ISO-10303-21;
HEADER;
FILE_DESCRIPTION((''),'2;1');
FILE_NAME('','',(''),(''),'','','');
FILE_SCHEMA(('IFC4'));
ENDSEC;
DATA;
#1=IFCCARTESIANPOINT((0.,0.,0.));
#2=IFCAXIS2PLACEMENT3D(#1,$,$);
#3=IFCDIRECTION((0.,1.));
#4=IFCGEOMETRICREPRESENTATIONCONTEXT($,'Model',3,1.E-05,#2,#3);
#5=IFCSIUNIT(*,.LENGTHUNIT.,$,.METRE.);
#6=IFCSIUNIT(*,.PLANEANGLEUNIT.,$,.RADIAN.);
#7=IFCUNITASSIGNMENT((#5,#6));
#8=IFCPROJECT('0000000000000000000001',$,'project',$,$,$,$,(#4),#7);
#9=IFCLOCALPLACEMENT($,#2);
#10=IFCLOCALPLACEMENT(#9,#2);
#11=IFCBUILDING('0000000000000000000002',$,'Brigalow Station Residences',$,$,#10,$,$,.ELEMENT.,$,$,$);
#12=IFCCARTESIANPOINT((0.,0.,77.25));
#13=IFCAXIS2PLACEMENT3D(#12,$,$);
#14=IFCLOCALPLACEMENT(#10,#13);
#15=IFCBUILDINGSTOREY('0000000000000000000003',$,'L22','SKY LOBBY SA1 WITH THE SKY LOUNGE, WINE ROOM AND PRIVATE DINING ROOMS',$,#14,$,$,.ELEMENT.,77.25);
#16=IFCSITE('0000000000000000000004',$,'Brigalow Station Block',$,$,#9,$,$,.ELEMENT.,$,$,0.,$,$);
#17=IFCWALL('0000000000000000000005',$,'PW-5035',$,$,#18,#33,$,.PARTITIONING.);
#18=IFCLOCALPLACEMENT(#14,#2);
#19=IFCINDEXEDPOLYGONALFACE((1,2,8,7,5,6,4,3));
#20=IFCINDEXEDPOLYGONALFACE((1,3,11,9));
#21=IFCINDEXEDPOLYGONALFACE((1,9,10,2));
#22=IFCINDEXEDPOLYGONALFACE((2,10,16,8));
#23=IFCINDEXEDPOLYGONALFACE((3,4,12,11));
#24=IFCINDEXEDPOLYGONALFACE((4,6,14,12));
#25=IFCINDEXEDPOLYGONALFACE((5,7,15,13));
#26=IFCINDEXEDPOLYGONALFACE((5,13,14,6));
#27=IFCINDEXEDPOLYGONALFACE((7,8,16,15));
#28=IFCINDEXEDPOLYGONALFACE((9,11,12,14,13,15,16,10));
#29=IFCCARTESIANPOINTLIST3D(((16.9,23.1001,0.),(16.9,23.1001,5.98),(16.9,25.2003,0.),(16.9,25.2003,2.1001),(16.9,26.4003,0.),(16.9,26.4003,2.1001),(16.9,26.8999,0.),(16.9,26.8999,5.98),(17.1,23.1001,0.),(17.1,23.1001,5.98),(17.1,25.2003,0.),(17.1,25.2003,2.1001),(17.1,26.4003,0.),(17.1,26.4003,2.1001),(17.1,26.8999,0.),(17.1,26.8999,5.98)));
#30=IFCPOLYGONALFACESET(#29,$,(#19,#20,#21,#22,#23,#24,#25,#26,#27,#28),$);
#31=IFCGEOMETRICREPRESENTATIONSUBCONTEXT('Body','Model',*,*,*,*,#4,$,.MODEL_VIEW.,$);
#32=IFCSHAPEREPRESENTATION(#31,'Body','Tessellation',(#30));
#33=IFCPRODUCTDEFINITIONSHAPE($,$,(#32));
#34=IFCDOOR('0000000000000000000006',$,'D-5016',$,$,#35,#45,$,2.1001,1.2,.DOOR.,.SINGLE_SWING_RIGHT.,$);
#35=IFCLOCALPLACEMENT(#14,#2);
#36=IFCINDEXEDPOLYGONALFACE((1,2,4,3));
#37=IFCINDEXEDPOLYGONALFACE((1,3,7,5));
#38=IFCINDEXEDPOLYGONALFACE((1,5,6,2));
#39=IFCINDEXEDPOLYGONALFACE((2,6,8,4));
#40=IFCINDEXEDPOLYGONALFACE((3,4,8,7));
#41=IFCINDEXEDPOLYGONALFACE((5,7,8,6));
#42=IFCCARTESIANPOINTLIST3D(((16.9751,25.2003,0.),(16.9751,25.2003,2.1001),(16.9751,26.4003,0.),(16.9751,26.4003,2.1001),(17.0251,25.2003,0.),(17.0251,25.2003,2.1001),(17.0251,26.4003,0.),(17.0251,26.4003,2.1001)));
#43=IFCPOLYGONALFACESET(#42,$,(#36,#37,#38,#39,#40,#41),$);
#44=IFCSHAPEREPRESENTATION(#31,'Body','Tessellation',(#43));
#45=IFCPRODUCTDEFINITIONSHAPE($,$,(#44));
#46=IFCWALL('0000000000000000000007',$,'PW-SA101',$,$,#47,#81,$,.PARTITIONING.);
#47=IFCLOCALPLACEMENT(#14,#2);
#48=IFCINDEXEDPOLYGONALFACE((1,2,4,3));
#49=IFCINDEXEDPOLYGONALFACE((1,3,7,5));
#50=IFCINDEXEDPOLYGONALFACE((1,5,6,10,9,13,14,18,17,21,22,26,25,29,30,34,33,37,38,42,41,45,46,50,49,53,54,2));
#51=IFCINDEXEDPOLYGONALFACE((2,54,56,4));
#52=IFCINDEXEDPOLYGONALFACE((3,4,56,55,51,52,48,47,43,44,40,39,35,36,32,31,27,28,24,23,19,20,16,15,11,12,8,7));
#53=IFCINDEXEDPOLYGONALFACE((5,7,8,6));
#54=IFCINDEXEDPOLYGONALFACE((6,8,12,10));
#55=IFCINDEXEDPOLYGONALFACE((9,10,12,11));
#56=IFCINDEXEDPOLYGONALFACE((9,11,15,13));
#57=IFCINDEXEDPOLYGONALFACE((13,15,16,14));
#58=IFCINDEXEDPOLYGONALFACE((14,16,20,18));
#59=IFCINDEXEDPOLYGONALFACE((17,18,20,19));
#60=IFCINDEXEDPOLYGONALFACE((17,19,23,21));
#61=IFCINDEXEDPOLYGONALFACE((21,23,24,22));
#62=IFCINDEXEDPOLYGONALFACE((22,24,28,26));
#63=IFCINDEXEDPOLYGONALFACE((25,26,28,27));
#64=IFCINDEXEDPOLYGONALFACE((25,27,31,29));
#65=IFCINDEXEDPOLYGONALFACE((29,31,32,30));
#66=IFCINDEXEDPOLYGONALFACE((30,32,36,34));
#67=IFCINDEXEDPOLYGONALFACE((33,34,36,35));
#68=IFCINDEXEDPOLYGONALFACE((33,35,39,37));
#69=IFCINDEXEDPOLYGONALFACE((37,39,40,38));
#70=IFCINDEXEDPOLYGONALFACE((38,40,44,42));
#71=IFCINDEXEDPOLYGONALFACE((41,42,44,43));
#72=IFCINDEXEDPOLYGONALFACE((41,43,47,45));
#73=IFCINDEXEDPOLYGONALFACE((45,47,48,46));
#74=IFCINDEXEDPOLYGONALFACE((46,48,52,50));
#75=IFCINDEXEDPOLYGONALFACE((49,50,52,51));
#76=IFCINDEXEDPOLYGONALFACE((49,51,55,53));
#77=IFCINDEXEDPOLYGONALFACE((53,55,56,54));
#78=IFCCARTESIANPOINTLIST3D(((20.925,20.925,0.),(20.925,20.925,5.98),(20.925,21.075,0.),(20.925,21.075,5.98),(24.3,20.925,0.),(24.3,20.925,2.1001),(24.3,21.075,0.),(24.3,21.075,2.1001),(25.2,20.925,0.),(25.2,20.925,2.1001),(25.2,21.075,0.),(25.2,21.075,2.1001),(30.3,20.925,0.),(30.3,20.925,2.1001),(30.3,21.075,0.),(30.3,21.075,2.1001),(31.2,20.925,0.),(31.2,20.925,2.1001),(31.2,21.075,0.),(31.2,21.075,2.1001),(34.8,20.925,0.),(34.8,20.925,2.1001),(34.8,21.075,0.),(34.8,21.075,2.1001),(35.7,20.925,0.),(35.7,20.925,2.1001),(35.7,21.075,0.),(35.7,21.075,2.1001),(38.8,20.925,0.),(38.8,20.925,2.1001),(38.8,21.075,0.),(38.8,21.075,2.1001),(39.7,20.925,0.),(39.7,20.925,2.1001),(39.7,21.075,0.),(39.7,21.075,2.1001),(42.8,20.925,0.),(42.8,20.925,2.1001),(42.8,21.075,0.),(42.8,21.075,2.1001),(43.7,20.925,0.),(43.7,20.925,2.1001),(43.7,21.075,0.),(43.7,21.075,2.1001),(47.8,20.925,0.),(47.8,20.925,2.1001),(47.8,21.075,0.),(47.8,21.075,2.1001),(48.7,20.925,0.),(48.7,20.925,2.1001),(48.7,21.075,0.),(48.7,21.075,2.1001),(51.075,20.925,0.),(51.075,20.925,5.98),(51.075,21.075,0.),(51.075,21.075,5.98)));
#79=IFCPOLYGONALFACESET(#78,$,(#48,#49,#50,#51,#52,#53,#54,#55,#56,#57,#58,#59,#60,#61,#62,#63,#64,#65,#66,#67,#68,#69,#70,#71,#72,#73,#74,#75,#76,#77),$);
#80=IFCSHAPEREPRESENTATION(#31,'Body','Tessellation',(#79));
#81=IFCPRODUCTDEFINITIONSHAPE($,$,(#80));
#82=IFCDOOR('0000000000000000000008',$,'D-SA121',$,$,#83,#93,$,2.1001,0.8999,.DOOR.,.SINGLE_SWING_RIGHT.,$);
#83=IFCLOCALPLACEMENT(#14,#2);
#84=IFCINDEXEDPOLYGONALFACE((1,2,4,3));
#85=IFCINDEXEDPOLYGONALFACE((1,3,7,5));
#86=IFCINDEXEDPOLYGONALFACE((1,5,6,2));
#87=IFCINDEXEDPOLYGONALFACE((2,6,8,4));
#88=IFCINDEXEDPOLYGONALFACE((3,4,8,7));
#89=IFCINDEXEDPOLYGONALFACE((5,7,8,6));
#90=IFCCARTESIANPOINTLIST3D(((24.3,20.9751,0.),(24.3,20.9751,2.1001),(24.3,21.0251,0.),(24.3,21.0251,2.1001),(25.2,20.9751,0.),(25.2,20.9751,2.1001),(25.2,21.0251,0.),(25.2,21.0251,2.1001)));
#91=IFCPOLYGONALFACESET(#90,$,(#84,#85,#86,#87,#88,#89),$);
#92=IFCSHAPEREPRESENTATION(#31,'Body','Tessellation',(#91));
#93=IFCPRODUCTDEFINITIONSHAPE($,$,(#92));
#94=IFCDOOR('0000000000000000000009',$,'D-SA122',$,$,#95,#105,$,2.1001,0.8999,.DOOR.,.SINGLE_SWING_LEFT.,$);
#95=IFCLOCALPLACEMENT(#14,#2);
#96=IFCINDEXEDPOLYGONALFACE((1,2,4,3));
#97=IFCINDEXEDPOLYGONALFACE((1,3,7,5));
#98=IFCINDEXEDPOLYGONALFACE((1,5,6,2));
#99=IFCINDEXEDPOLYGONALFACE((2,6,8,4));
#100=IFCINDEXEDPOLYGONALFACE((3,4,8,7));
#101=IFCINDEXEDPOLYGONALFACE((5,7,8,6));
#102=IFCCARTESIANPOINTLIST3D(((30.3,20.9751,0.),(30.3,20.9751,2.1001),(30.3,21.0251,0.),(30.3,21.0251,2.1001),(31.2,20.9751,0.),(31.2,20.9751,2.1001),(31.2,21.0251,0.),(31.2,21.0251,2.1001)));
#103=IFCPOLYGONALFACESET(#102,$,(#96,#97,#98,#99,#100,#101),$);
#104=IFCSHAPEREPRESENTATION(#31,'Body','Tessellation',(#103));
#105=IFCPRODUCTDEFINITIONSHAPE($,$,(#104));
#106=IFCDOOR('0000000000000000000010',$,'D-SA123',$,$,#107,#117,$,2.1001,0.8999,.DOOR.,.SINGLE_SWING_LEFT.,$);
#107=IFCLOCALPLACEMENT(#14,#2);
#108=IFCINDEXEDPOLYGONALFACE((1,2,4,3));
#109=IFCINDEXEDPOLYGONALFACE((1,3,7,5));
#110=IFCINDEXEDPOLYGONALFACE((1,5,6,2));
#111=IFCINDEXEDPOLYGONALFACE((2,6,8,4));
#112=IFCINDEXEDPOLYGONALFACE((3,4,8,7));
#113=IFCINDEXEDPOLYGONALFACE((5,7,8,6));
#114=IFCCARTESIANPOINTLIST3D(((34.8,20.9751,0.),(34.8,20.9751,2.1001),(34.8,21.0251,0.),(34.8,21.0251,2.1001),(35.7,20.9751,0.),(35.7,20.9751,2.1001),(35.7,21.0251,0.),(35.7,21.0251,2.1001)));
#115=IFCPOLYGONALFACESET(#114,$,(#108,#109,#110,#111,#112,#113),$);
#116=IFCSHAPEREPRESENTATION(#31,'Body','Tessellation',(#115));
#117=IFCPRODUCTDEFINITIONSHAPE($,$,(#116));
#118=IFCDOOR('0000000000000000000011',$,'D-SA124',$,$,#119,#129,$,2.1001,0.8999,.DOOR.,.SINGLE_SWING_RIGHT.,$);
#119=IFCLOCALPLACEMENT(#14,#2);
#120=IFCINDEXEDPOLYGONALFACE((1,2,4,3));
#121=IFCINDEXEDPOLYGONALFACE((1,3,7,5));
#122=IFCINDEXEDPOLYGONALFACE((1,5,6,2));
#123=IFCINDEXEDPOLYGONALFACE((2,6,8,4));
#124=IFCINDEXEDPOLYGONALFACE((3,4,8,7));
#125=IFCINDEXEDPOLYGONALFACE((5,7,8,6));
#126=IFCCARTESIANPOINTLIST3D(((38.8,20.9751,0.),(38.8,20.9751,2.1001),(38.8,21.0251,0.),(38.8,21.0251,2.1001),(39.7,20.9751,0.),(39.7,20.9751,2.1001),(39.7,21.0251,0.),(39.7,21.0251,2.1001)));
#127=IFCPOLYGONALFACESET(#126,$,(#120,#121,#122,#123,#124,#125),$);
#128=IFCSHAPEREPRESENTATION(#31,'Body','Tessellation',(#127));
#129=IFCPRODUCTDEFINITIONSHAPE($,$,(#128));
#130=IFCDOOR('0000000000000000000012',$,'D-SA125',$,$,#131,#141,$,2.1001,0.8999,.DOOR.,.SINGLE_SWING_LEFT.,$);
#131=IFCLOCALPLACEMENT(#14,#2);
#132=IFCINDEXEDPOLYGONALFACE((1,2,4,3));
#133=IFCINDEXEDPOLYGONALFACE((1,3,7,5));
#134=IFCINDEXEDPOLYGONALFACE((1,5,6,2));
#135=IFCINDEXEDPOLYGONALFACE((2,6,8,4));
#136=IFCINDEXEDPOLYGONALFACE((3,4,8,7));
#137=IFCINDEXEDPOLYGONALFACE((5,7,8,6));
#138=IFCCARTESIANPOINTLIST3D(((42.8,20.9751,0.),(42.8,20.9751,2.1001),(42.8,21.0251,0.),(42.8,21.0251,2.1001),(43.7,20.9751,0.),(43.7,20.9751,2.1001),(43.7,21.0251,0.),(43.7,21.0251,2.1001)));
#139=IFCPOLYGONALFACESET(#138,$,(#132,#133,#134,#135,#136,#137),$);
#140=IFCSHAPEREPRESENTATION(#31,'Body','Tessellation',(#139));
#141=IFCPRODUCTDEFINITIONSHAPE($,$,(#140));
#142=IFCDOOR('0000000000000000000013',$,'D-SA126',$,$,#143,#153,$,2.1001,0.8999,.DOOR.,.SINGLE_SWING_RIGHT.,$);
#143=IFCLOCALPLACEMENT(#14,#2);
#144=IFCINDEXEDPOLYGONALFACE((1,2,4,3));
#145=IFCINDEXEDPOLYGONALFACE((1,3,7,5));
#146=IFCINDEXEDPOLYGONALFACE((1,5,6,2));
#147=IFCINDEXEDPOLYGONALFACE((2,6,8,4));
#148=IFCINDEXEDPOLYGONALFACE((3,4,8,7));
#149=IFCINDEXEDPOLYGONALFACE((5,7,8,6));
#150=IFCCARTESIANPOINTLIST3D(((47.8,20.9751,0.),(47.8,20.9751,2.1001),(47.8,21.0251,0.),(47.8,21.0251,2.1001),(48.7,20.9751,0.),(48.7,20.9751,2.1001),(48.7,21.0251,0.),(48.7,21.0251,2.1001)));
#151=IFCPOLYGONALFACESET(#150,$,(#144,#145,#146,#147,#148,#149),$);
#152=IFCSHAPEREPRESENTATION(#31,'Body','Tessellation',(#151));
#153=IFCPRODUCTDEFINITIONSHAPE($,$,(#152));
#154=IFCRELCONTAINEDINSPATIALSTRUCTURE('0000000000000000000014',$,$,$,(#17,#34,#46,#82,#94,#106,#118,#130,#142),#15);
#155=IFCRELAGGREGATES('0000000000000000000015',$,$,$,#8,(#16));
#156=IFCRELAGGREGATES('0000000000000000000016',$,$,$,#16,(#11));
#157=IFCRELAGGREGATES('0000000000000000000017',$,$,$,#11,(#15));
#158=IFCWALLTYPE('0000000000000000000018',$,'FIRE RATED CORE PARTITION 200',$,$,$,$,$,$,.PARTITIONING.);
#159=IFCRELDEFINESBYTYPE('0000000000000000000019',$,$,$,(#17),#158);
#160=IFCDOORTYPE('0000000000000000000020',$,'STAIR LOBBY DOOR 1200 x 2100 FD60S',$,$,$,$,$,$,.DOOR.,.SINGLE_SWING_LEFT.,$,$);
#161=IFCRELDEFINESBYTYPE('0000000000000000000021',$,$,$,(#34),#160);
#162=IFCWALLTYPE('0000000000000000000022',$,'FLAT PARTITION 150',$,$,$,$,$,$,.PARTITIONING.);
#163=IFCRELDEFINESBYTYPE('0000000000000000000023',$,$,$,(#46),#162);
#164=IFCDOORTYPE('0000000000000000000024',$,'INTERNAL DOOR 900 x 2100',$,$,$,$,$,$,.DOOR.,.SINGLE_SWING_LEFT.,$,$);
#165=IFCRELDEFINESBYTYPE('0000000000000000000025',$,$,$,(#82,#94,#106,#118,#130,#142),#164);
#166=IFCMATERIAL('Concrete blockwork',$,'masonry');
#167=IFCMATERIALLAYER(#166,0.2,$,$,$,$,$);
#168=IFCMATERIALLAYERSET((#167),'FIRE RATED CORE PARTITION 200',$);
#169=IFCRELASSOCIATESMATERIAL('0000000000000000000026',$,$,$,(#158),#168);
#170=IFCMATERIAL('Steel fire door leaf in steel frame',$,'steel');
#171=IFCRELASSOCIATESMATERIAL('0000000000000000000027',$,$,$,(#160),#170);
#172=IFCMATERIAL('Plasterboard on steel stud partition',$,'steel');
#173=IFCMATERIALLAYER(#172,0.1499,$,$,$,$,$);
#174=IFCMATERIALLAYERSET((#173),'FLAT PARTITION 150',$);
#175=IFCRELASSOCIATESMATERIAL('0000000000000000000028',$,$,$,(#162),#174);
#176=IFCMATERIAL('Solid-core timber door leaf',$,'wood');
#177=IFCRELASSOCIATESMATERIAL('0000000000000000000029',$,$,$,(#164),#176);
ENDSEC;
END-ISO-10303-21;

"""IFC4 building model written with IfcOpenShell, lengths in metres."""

from ifc_helpers import new_model, si_unit, direction, frame, frame_2d, origin, place, context, subcontext, project, spatial, rectangle, extrude, material, layer, layer_set, type_object, element, fill, save


model = new_model("IFC4")

# Units and contexts
model_context = context("Model", 3, precision=1e-05, world=origin(), true_north=direction((0.0, 1.0)))
body_context = subcontext(model_context, "Body", "Model", "MODEL_VIEW")
ifc_project = project(units=[si_unit("LENGTHUNIT", "METRE"), si_unit("PLANEANGLEUNIT", "RADIAN")], contexts=[model_context])

# Site, building, storey
site_placement = place(None, origin())
site = spatial("IfcSite", under=ifc_project, at=site_placement, Name="Brigalow Station Block", CompositionType="ELEMENT", RefElevation=0.0)
building_placement = place(site_placement, origin())
building = spatial("IfcBuilding", under=site, at=building_placement, Name="Brigalow Station Residences", CompositionType="ELEMENT")
storey_placement = place(building_placement, frame((0.0, 0.0, 77.25)))
storey = spatial("IfcBuildingStorey", under=building, at=storey_placement, Name="L22", Description="SKY LOBBY SA1 WITH THE SKY LOUNGE, WINE ROOM AND PRIVATE DINING ROOMS", CompositionType="ELEMENT", Elevation=77.25)

# Wall, opening, door
ifc_material_1 = material(Name="Concrete blockwork", Category="masonry")
ifc_layer_1 = layer(ifc_material_1, 0.2)
ifc_layer_set_1 = layer_set([ifc_layer_1], Name="FIRE RATED CORE PARTITION 200")
wall_type_1 = type_object("IfcWallType", Name="FIRE RATED CORE PARTITION 200", PredefinedType="PARTITIONING", material=ifc_layer_set_1)
wall_1_placement = place(storey_placement, frame((17.0, 23.1001, 0.0), z_axis=(0.0, 0.0, 1.0), x_axis=(0.0, 1.0, 0.0)))
wall_1 = element("IfcWall", 1, at=wall_1_placement, inside=storey, type_object=wall_type_1, Name="PW-5035", PredefinedType="PARTITIONING", context=body_context, shape_type="SweptSolid", body=[
    extrude(rectangle(XDim=3.7998, YDim=0.2, at=frame_2d((1.8999, 0.0))), origin(), (0.0, 0.0, 1.0), 5.98),
])
opening_1_placement = place(wall_1_placement, frame((2.1001, 0.0, 0.0)))
opening_1 = element("IfcOpeningElement", 2, at=opening_1_placement, cuts=wall_1, PredefinedType="OPENING", context=body_context, shape_type="SweptSolid", body=[
    extrude(rectangle(XDim=1.2, YDim=2.1001, at=frame_2d((0.6001, 1.05))), frame((0.0, 0.1099, 0.0), z_axis=(0.0, -1.0, 0.0), x_axis=(1.0, 0.0, 0.0)), (0.0, 0.0, 1.0), 0.22),
])
ifc_material_2 = material(Name="Steel fire door leaf in steel frame", Category="steel")
door_type_1 = type_object("IfcDoorType", Name="STAIR LOBBY DOOR 1200 x 2100 FD60S", OperationType="SINGLE_SWING_LEFT", PredefinedType="DOOR", material=ifc_material_2)
door_1_placement = place(opening_1_placement, origin())
door_1 = element("IfcDoor", 3, at=door_1_placement, inside=storey, type_object=door_type_1, Name="D-5016", OperationType="SINGLE_SWING_RIGHT", OverallHeight=2.1001, OverallWidth=1.2, PredefinedType="DOOR", context=body_context, shape_type="SweptSolid", body=[
    extrude(rectangle(XDim=1.2, YDim=2.1001, at=frame_2d((0.6001, 1.05))), frame((0.0, 0.0249, 0.0), z_axis=(0.0, -1.0, 0.0), x_axis=(1.0, 0.0, 0.0)), (0.0, 0.0, 1.0), 0.05),
])
fill(opening_1, door_1)

# Wall, openings, doors
ifc_material_3 = material(Name="Plasterboard on steel stud partition", Category="steel")
ifc_layer_2 = layer(ifc_material_3, 0.1499)
ifc_layer_set_2 = layer_set([ifc_layer_2], Name="FLAT PARTITION 150")
wall_type_2 = type_object("IfcWallType", Name="FLAT PARTITION 150", PredefinedType="PARTITIONING", material=ifc_layer_set_2)
wall_2_placement = place(storey_placement, frame((20.925, 21.0, 0.0), z_axis=(0.0, 0.0, 1.0), x_axis=(1.0, 0.0, 0.0)))
wall_2 = element("IfcWall", 4, at=wall_2_placement, inside=storey, type_object=wall_type_2, Name="PW-SA101", PredefinedType="PARTITIONING", context=body_context, shape_type="SweptSolid", body=[
    extrude(rectangle(XDim=30.1499, YDim=0.1499, at=frame_2d((15.075, 0.0))), origin(), (0.0, 0.0, 1.0), 5.98),
])
opening_2_placement = place(wall_2_placement, frame((3.375, 0.0, 0.0)))
opening_2 = element("IfcOpeningElement", 5, at=opening_2_placement, cuts=wall_2, PredefinedType="OPENING", context=body_context, shape_type="SweptSolid", body=[
    extrude(rectangle(XDim=0.8999, YDim=2.1001, at=frame_2d((0.45, 1.05))), frame((0.0, 0.085, 0.0), z_axis=(0.0, -1.0, 0.0), x_axis=(1.0, 0.0, 0.0)), (0.0, 0.0, 1.0), 0.1699),
])
opening_3_placement = place(wall_2_placement, frame((9.375, 0.0, 0.0)))
opening_3 = element("IfcOpeningElement", 6, at=opening_3_placement, cuts=wall_2, PredefinedType="OPENING", context=body_context, shape_type="SweptSolid", body=[
    extrude(rectangle(XDim=0.8999, YDim=2.1001, at=frame_2d((0.45, 1.05))), frame((0.0, 0.085, 0.0), z_axis=(0.0, -1.0, 0.0), x_axis=(1.0, 0.0, 0.0)), (0.0, 0.0, 1.0), 0.1699),
])
opening_4_placement = place(wall_2_placement, frame((13.875, 0.0, 0.0)))
opening_4 = element("IfcOpeningElement", 7, at=opening_4_placement, cuts=wall_2, PredefinedType="OPENING", context=body_context, shape_type="SweptSolid", body=[
    extrude(rectangle(XDim=0.8999, YDim=2.1001, at=frame_2d((0.45, 1.05))), frame((0.0, 0.085, 0.0), z_axis=(0.0, -1.0, 0.0), x_axis=(1.0, 0.0, 0.0)), (0.0, 0.0, 1.0), 0.1699),
])
opening_5_placement = place(wall_2_placement, frame((17.875, 0.0, 0.0)))
opening_5 = element("IfcOpeningElement", 8, at=opening_5_placement, cuts=wall_2, PredefinedType="OPENING", context=body_context, shape_type="SweptSolid", body=[
    extrude(rectangle(XDim=0.8999, YDim=2.1001, at=frame_2d((0.45, 1.05))), frame((0.0, 0.085, 0.0), z_axis=(0.0, -1.0, 0.0), x_axis=(1.0, 0.0, 0.0)), (0.0, 0.0, 1.0), 0.1699),
])
opening_6_placement = place(wall_2_placement, frame((21.875, 0.0, 0.0)))
opening_6 = element("IfcOpeningElement", 9, at=opening_6_placement, cuts=wall_2, PredefinedType="OPENING", context=body_context, shape_type="SweptSolid", body=[
    extrude(rectangle(XDim=0.8999, YDim=2.1001, at=frame_2d((0.45, 1.05))), frame((0.0, 0.085, 0.0), z_axis=(0.0, -1.0, 0.0), x_axis=(1.0, 0.0, 0.0)), (0.0, 0.0, 1.0), 0.1699),
])
opening_7_placement = place(wall_2_placement, frame((26.875, 0.0, 0.0)))
opening_7 = element("IfcOpeningElement", 10, at=opening_7_placement, cuts=wall_2, PredefinedType="OPENING", context=body_context, shape_type="SweptSolid", body=[
    extrude(rectangle(XDim=0.8999, YDim=2.1001, at=frame_2d((0.45, 1.05))), frame((0.0, 0.085, 0.0), z_axis=(0.0, -1.0, 0.0), x_axis=(1.0, 0.0, 0.0)), (0.0, 0.0, 1.0), 0.1699),
])
ifc_material_4 = material(Name="Solid-core timber door leaf", Category="wood")
door_type_2 = type_object("IfcDoorType", Name="INTERNAL DOOR 900 x 2100", OperationType="SINGLE_SWING_LEFT", PredefinedType="DOOR", material=ifc_material_4)
door_2_placement = place(opening_2_placement, frame((0.8999, 0.0, 0.0), z_axis=(0.0, 0.0, 1.0), x_axis=(-1.0, 0.0, 0.0)))
door_2 = element("IfcDoor", 11, at=door_2_placement, inside=storey, type_object=door_type_2, Name="D-SA121", OperationType="SINGLE_SWING_RIGHT", OverallHeight=2.1001, OverallWidth=0.8999, PredefinedType="DOOR", context=body_context, shape_type="SweptSolid", body=[
    extrude(rectangle(XDim=0.8999, YDim=2.1001, at=frame_2d((0.45, 1.05))), frame((0.0, 0.0249, 0.0), z_axis=(0.0, -1.0, 0.0), x_axis=(1.0, 0.0, 0.0)), (0.0, 0.0, 1.0), 0.05),
])
fill(opening_2, door_2)
door_3_placement = place(opening_3_placement, frame((0.8999, 0.0, 0.0), z_axis=(0.0, 0.0, 1.0), x_axis=(-1.0, 0.0, 0.0)))
door_3 = element("IfcDoor", 12, at=door_3_placement, inside=storey, type_object=door_type_2, Name="D-SA122", OperationType="SINGLE_SWING_LEFT", OverallHeight=2.1001, OverallWidth=0.8999, PredefinedType="DOOR", context=body_context, shape_type="SweptSolid", body=[
    extrude(rectangle(XDim=0.8999, YDim=2.1001, at=frame_2d((0.45, 1.05))), frame((0.0, 0.0249, 0.0), z_axis=(0.0, -1.0, 0.0), x_axis=(1.0, 0.0, 0.0)), (0.0, 0.0, 1.0), 0.05),
])
fill(opening_3, door_3)
door_4_placement = place(opening_4_placement, frame((0.8999, 0.0, 0.0), z_axis=(0.0, 0.0, 1.0), x_axis=(-1.0, 0.0, 0.0)))
door_4 = element("IfcDoor", 13, at=door_4_placement, inside=storey, type_object=door_type_2, Name="D-SA123", OperationType="SINGLE_SWING_LEFT", OverallHeight=2.1001, OverallWidth=0.8999, PredefinedType="DOOR", context=body_context, shape_type="SweptSolid", body=[
    extrude(rectangle(XDim=0.8999, YDim=2.1001, at=frame_2d((0.45, 1.05))), frame((0.0, 0.0249, 0.0), z_axis=(0.0, -1.0, 0.0), x_axis=(1.0, 0.0, 0.0)), (0.0, 0.0, 1.0), 0.05),
])
fill(opening_4, door_4)
door_5_placement = place(opening_5_placement, frame((0.8999, 0.0, 0.0), z_axis=(0.0, 0.0, 1.0), x_axis=(-1.0, 0.0, 0.0)))
door_5 = element("IfcDoor", 14, at=door_5_placement, inside=storey, type_object=door_type_2, Name="D-SA124", OperationType="SINGLE_SWING_RIGHT", OverallHeight=2.1001, OverallWidth=0.8999, PredefinedType="DOOR", context=body_context, shape_type="SweptSolid", body=[
    extrude(rectangle(XDim=0.8999, YDim=2.1001, at=frame_2d((0.45, 1.05))), frame((0.0, 0.0249, 0.0), z_axis=(0.0, -1.0, 0.0), x_axis=(1.0, 0.0, 0.0)), (0.0, 0.0, 1.0), 0.05),
])
fill(opening_5, door_5)
door_6_placement = place(opening_6_placement, frame((0.8999, 0.0, 0.0), z_axis=(0.0, 0.0, 1.0), x_axis=(-1.0, 0.0, 0.0)))
door_6 = element("IfcDoor", 15, at=door_6_placement, inside=storey, type_object=door_type_2, Name="D-SA125", OperationType="SINGLE_SWING_LEFT", OverallHeight=2.1001, OverallWidth=0.8999, PredefinedType="DOOR", context=body_context, shape_type="SweptSolid", body=[
    extrude(rectangle(XDim=0.8999, YDim=2.1001, at=frame_2d((0.45, 1.05))), frame((0.0, 0.0249, 0.0), z_axis=(0.0, -1.0, 0.0), x_axis=(1.0, 0.0, 0.0)), (0.0, 0.0, 1.0), 0.05),
])
fill(opening_6, door_6)
door_7_placement = place(opening_7_placement, frame((0.8999, 0.0, 0.0), z_axis=(0.0, 0.0, 1.0), x_axis=(-1.0, 0.0, 0.0)))
door_7 = element("IfcDoor", 16, at=door_7_placement, inside=storey, type_object=door_type_2, Name="D-SA126", OperationType="SINGLE_SWING_RIGHT", OverallHeight=2.1001, OverallWidth=0.8999, PredefinedType="DOOR", context=body_context, shape_type="SweptSolid", body=[
    extrude(rectangle(XDim=0.8999, YDim=2.1001, at=frame_2d((0.45, 1.05))), frame((0.0, 0.0249, 0.0), z_axis=(0.0, -1.0, 0.0), x_axis=(1.0, 0.0, 0.0)), (0.0, 0.0, 1.0), 0.05),
])
fill(opening_7, door_7)

save(model, "model.ifc")
